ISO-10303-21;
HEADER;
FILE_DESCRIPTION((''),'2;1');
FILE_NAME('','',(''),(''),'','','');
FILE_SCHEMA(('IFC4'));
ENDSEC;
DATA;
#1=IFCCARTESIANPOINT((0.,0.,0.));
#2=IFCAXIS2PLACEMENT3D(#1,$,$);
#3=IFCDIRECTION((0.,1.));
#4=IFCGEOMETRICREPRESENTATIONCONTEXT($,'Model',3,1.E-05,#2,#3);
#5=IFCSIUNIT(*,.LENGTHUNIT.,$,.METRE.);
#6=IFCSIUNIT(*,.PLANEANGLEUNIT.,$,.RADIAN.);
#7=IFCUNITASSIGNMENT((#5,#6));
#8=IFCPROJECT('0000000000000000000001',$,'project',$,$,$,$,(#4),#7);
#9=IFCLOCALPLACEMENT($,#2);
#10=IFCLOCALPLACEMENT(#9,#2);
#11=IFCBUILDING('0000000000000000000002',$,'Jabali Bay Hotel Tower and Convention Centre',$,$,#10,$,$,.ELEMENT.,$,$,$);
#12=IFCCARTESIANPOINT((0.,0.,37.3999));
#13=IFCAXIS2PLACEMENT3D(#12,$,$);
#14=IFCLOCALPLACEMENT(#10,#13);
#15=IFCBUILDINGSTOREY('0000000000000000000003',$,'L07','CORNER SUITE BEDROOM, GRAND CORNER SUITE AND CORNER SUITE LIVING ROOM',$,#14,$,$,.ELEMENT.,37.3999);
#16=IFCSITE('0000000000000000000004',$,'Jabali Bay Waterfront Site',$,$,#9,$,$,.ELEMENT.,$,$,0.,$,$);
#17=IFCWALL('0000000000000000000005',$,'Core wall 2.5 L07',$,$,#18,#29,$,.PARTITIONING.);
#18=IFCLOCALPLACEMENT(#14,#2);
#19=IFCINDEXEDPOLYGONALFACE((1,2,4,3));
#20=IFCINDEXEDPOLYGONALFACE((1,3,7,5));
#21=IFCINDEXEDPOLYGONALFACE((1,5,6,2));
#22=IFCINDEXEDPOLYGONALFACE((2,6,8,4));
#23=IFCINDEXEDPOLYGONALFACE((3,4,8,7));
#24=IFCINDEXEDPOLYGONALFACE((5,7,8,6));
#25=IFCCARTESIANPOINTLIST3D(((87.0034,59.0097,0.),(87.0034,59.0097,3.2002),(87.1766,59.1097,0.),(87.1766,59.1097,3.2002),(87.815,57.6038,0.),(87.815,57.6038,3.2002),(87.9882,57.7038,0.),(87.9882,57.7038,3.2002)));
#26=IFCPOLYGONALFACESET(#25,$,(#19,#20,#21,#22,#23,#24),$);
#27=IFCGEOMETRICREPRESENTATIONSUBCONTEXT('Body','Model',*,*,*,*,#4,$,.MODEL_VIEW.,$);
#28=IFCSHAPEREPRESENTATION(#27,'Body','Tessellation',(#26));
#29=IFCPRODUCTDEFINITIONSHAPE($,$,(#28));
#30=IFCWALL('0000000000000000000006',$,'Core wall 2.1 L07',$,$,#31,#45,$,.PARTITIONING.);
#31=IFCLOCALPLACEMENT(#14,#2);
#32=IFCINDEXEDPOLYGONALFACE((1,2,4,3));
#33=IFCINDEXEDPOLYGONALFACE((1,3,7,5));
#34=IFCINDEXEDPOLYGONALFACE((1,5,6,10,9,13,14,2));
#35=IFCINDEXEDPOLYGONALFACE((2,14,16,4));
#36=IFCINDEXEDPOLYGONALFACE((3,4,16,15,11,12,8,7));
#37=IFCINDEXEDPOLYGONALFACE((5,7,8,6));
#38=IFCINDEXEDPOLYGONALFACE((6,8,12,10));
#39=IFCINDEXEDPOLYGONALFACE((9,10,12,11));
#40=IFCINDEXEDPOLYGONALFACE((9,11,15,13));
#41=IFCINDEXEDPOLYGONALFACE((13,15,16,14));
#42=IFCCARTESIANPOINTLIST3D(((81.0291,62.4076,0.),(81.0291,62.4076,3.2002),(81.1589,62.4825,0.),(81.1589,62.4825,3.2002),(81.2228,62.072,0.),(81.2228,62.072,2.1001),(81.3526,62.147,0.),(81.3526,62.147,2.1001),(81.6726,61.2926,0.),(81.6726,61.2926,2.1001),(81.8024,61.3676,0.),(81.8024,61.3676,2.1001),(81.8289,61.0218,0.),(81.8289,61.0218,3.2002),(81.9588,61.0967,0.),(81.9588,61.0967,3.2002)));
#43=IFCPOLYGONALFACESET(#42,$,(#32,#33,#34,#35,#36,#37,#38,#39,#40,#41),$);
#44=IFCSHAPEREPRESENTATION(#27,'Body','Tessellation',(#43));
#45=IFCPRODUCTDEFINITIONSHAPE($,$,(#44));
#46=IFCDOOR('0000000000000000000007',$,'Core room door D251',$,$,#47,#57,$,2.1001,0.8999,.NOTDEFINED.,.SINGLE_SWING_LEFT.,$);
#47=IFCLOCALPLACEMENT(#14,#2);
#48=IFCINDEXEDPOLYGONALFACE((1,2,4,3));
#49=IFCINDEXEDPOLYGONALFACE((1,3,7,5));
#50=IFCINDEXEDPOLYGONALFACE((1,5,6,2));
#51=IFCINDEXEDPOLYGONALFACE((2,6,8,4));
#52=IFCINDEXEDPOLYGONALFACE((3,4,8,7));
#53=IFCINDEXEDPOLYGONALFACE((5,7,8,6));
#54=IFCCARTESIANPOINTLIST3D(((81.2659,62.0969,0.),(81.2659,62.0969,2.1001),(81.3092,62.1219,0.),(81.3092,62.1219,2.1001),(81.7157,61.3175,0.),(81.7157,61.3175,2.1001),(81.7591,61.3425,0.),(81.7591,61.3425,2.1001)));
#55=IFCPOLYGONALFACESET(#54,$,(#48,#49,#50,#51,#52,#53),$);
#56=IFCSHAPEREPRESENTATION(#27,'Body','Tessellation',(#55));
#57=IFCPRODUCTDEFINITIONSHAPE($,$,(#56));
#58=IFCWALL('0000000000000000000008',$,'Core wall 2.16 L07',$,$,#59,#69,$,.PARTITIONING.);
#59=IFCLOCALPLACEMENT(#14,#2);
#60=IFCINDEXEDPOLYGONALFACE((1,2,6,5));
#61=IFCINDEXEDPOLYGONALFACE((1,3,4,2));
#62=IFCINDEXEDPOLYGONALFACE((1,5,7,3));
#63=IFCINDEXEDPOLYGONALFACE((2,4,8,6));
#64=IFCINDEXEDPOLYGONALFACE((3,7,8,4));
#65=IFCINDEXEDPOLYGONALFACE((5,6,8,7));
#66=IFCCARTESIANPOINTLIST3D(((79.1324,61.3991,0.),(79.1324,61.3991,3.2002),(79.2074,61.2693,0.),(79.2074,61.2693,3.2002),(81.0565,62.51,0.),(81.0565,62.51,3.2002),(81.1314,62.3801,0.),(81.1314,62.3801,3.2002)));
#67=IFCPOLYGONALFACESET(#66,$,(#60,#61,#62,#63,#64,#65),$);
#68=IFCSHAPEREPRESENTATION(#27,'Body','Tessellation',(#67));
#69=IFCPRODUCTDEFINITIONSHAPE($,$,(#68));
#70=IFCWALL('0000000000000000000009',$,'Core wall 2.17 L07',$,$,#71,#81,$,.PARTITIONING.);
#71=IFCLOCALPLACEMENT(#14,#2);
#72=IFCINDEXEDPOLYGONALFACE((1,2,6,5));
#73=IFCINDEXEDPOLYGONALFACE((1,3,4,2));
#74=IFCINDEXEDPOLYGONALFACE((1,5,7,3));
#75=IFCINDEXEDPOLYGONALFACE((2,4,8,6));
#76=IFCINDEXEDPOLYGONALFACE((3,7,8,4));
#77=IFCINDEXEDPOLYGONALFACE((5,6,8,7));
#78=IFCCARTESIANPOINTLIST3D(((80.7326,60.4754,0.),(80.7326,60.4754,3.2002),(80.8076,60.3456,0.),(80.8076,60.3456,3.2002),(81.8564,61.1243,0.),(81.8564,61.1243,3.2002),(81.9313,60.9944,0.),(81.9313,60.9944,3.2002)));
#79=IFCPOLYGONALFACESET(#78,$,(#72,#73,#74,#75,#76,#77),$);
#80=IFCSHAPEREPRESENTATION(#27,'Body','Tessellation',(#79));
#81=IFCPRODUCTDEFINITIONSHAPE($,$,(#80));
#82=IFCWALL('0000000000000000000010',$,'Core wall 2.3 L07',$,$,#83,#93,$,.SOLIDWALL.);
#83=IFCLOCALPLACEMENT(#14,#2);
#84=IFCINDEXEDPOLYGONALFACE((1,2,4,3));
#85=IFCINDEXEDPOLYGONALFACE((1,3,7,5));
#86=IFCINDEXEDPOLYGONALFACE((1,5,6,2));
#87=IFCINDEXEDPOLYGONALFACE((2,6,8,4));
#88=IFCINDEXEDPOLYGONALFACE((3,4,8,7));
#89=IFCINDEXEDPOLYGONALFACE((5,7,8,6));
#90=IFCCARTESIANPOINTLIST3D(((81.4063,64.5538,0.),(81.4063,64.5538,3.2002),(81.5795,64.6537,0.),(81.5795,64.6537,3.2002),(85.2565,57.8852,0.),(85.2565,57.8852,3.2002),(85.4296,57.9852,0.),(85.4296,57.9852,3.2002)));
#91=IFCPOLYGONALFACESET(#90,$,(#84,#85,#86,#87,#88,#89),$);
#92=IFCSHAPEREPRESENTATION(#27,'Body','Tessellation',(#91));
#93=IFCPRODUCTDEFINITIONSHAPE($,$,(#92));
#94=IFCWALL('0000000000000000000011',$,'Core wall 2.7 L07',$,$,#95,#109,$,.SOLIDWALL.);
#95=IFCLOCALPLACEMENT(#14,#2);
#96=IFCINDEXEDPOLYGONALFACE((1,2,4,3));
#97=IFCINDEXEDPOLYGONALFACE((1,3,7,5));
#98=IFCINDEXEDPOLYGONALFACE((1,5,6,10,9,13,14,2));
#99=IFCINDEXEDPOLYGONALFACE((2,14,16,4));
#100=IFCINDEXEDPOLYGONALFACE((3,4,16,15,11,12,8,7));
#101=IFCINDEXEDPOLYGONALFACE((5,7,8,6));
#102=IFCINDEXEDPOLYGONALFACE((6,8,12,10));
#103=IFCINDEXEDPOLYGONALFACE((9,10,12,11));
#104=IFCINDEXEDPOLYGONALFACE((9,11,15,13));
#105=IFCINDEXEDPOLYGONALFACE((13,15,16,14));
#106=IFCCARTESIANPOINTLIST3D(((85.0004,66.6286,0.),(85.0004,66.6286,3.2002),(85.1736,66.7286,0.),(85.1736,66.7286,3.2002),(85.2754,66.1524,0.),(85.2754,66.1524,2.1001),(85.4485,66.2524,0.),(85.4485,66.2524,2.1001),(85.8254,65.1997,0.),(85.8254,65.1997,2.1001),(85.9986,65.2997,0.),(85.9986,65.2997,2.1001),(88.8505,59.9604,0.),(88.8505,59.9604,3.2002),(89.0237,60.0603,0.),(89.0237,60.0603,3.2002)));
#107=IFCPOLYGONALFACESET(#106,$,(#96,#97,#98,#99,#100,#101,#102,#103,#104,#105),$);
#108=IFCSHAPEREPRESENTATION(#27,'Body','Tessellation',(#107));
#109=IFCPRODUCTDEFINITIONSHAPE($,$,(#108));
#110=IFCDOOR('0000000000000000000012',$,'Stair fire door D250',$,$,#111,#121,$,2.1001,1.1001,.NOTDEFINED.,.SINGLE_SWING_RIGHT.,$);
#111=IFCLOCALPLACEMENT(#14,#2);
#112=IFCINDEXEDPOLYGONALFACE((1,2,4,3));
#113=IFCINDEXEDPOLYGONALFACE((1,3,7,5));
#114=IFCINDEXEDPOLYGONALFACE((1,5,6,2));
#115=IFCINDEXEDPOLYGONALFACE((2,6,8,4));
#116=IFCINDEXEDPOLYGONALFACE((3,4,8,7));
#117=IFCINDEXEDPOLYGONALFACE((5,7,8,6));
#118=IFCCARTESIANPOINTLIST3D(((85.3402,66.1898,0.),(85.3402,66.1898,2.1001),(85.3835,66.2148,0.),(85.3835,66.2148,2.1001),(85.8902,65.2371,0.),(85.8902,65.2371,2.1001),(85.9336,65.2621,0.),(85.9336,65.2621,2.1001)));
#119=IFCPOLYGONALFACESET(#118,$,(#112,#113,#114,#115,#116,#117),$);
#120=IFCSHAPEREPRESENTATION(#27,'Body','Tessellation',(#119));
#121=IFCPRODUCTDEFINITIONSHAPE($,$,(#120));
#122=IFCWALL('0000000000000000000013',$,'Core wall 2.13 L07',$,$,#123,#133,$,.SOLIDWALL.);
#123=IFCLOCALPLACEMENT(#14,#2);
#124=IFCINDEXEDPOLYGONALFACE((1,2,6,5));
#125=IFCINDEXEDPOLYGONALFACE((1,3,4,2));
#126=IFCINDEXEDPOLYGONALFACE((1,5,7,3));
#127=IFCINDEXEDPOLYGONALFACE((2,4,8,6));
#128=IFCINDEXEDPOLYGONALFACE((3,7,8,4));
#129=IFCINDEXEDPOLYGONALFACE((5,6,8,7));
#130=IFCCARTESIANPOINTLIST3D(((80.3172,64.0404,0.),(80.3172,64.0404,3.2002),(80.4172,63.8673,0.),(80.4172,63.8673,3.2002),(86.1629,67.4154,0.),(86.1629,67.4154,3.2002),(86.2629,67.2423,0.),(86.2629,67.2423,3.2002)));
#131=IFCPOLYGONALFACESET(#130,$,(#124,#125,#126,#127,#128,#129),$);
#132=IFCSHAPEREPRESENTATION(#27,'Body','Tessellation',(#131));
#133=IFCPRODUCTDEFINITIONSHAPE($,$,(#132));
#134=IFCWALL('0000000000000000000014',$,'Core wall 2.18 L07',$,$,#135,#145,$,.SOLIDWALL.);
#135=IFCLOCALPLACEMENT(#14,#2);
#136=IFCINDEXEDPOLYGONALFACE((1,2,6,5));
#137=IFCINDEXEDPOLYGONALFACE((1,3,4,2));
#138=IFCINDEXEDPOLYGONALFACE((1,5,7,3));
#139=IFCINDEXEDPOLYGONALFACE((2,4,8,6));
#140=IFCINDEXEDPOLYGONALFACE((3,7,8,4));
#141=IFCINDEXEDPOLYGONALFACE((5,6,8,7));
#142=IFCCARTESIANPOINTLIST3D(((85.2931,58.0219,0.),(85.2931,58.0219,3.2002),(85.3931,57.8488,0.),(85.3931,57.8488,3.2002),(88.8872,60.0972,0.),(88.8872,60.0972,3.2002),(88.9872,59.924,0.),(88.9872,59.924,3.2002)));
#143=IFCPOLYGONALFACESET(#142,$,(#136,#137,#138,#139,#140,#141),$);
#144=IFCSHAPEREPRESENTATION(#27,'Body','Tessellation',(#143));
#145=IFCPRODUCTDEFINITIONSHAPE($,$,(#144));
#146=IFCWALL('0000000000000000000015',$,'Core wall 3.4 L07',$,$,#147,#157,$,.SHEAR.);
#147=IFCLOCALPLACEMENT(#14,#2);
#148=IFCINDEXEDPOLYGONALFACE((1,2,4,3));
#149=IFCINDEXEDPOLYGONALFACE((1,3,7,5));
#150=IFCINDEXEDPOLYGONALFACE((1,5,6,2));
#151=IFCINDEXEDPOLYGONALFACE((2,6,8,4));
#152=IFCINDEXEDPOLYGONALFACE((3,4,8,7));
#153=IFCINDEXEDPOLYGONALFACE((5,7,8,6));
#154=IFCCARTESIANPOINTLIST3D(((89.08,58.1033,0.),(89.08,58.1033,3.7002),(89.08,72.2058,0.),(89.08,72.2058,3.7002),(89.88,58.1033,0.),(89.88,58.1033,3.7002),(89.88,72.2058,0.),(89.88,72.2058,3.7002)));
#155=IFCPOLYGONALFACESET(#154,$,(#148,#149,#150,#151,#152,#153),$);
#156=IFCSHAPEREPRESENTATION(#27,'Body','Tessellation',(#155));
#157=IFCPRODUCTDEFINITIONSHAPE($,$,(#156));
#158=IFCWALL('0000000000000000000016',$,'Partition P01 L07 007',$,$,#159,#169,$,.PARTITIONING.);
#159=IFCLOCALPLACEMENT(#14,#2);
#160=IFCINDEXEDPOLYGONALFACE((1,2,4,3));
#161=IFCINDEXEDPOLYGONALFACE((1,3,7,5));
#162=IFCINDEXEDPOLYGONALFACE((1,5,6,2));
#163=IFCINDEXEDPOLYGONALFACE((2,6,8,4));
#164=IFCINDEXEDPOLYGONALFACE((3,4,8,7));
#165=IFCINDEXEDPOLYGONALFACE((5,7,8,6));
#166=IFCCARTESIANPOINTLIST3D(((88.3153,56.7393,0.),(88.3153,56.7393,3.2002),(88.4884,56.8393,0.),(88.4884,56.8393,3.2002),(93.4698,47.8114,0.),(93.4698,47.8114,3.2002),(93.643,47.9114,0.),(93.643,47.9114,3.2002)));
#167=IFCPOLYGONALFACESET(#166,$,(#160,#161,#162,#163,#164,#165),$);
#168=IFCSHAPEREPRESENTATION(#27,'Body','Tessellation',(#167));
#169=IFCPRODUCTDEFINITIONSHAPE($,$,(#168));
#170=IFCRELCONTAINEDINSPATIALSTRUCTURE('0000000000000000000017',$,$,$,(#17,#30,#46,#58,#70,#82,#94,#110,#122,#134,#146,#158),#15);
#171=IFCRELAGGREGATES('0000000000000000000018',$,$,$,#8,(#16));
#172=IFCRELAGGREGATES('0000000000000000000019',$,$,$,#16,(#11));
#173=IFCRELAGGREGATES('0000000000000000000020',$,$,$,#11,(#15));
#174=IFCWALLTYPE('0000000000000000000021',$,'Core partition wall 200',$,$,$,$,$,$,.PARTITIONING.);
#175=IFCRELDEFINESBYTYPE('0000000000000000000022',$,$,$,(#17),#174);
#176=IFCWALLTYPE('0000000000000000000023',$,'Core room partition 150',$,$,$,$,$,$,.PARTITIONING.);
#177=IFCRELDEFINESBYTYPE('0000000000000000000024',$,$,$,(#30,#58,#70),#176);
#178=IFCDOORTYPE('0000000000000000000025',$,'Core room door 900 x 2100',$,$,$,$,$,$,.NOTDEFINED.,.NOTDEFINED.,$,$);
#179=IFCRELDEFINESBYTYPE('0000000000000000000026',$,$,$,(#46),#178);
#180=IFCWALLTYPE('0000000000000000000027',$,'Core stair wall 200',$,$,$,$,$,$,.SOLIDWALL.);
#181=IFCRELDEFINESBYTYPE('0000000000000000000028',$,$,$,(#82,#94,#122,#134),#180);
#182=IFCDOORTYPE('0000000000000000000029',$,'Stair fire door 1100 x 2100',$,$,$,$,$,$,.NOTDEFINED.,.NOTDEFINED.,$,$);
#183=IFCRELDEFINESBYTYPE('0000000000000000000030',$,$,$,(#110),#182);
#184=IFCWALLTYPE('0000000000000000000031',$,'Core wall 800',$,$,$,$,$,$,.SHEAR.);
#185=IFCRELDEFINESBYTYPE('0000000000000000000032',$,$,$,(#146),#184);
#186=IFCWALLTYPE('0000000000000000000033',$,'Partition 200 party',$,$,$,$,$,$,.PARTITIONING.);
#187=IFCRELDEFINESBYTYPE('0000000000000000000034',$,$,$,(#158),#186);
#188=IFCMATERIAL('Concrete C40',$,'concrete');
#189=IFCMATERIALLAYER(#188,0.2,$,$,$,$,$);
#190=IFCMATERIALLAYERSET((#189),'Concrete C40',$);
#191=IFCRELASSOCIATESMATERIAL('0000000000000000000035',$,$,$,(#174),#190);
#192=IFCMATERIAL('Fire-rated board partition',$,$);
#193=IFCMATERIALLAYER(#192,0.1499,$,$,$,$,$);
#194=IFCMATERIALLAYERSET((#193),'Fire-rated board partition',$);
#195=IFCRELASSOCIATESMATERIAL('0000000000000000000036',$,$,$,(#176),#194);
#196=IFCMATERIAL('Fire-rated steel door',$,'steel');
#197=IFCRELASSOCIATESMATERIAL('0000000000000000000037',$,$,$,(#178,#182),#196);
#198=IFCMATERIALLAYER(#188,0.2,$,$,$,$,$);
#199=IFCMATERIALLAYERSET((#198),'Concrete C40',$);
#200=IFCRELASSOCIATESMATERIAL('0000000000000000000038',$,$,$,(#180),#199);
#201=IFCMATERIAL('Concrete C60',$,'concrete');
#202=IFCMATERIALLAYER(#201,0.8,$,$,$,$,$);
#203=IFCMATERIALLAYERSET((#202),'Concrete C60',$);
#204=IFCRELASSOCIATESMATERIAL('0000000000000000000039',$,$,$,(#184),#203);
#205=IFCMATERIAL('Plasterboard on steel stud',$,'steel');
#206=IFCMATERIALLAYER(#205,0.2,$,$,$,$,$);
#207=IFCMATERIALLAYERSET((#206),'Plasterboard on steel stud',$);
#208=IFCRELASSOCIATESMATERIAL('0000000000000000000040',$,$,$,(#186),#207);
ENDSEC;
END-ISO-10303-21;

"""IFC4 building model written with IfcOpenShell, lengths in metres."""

from ifc_helpers import new_model, si_unit, direction, frame, frame_2d, origin, place, context, subcontext, project, spatial, rectangle, extrude, material, layer, layer_set, type_object, element, fill, save


model = new_model("IFC4")

# Units and contexts
model_context = context("Model", 3, precision=1e-05, world=origin(), true_north=direction((0.0, 1.0)))
body_context = subcontext(model_context, "Body", "Model", "MODEL_VIEW")
ifc_project = project(units=[si_unit("LENGTHUNIT", "METRE"), si_unit("PLANEANGLEUNIT", "RADIAN")], contexts=[model_context])

# Site, building, storey
site_placement = place(None, origin())
site = spatial("IfcSite", under=ifc_project, at=site_placement, Name="Jabali Bay Waterfront Site", CompositionType="ELEMENT", RefElevation=0.0)
building_placement = place(site_placement, origin())
building = spatial("IfcBuilding", under=site, at=building_placement, Name="Jabali Bay Hotel Tower and Convention Centre", CompositionType="ELEMENT")
storey_placement = place(building_placement, frame((0.0, 0.0, 37.3999)))
storey = spatial("IfcBuildingStorey", under=building, at=storey_placement, Name="L07", Description="CORNER SUITE BEDROOM, GRAND CORNER SUITE AND CORNER SUITE LIVING ROOM", CompositionType="ELEMENT", Elevation=37.3999)

# Wall
ifc_material_1 = material(Name="Concrete C40", Category="concrete")
ifc_layer_1 = layer(ifc_material_1, 0.2)
ifc_layer_set_1 = layer_set([ifc_layer_1], Name="Concrete C40")
wall_type_1 = type_object("IfcWallType", Name="Core partition wall 200", PredefinedType="PARTITIONING", material=ifc_layer_set_1)
wall_1_placement = place(storey_placement, frame((87.0901, 59.0596, 0.0), z_axis=(0.0, 0.0, 1.0), x_axis=(0.499957, -0.86605, 0.0)))
element("IfcWall", 1, at=wall_1_placement, inside=storey, type_object=wall_type_1, Name="Core wall 2.5 L07", PredefinedType="PARTITIONING", context=body_context, shape_type="SweptSolid", body=[
    extrude(rectangle(XDim=1.6233, YDim=0.2, at=frame_2d((0.8115, 0.0))), origin(), (0.0, 0.0, 1.0), 3.2002),
])

# Wall, opening, door
ifc_material_2 = material(Name="Fire-rated board partition")
ifc_layer_2 = layer(ifc_material_2, 0.1499)
ifc_layer_set_2 = layer_set([ifc_layer_2], Name="Fire-rated board partition")
wall_type_2 = type_object("IfcWallType", Name="Core room partition 150", PredefinedType="PARTITIONING", material=ifc_layer_set_2)
wall_2_placement = place(storey_placement, frame((81.094, 62.4451, 0.0), z_axis=(0.0, 0.0, 1.0), x_axis=(0.499881, -0.866094, 0.0)))
wall_2 = element("IfcWall", 2, at=wall_2_placement, inside=storey, type_object=wall_type_2, Name="Core wall 2.1 L07", PredefinedType="PARTITIONING", context=body_context, shape_type="SweptSolid", body=[
    extrude(rectangle(XDim=1.6001, YDim=0.1499, at=frame_2d((0.8, 0.0))), origin(), (0.0, 0.0, 1.0), 3.2002),
])
opening_1_placement = place(wall_2_placement, frame((0.3875, 0.0, 0.0)))
opening_1 = element("IfcOpeningElement", 3, at=opening_1_placement, cuts=wall_2, PredefinedType="OPENING", context=body_context, shape_type="SweptSolid", body=[
    extrude(rectangle(XDim=0.8999, YDim=2.1001, at=frame_2d((0.45, 1.05))), frame((0.0, 0.0854, 0.0), z_axis=(0.0, -1.0, 0.0), x_axis=(1.0, 0.0, 0.0)), (0.0, 0.0, 1.0), 0.1709),
])
ifc_material_3 = material(Name="Fire-rated steel door", Category="steel")
door_type_1 = type_object("IfcDoorType", Name="Core room door 900 x 2100", OperationType="NOTDEFINED", PredefinedType="NOTDEFINED", material=ifc_material_3)
door_1_placement = place(opening_1_placement, origin())
door_1 = element("IfcDoor", 4, at=door_1_placement, inside=storey, type_object=door_type_1, Name="Core room door D251", OperationType="SINGLE_SWING_LEFT", OverallHeight=2.1001, OverallWidth=0.8999, PredefinedType="NOTDEFINED", context=body_context, shape_type="SweptSolid", body=[
    extrude(rectangle(XDim=0.8999, YDim=2.1001, at=frame_2d((0.45, 1.05))), frame((0.0, 0.0249, 0.0), z_axis=(0.0, -1.0, 0.0), x_axis=(1.0, 0.0, 0.0)), (0.0, 0.0, 1.0), 0.05),
])
fill(opening_1, door_1)

# Walls
wall_3_placement = place(storey_placement, frame((79.1699, 61.3342, 0.0), z_axis=(0.0, 0.0, 1.0), x_axis=(0.86603, 0.499992, 0.0)))
element("IfcWall", 5, at=wall_3_placement, inside=storey, type_object=wall_type_2, Name="Core wall 2.16 L07", PredefinedType="PARTITIONING", context=body_context, shape_type="SweptSolid", body=[
    extrude(rectangle(XDim=2.2217, YDim=0.1499, at=frame_2d((1.1108, 0.0))), origin(), (0.0, 0.0, 1.0), 3.2002),
])
wall_4_placement = place(storey_placement, frame((80.77, 60.4104, 0.0), z_axis=(0.0, 0.0, 1.0), x_axis=(0.865988, 0.500064, 0.0)))
element("IfcWall", 6, at=wall_4_placement, inside=storey, type_object=wall_type_2, Name="Core wall 2.17 L07", PredefinedType="PARTITIONING", context=body_context, shape_type="SweptSolid", body=[
    extrude(rectangle(XDim=1.2976, YDim=0.1499, at=frame_2d((0.6489, 0.0))), origin(), (0.0, 0.0, 1.0), 3.2002),
])
ifc_layer_3 = layer(ifc_material_1, 0.2)
ifc_layer_set_3 = layer_set([ifc_layer_3], Name="Concrete C40")
wall_type_3 = type_object("IfcWallType", Name="Core stair wall 200", PredefinedType="SOLIDWALL", material=ifc_layer_set_3)
wall_5_placement = place(storey_placement, frame((81.4929, 64.6038, 0.0), z_axis=(0.0, 0.0, 1.0), x_axis=(0.500006, -0.866022, 0.0)))
element("IfcWall", 7, at=wall_5_placement, inside=storey, type_object=wall_type_3, Name="Core wall 2.3 L07", PredefinedType="SOLIDWALL", context=body_context, shape_type="SweptSolid", body=[
    extrude(rectangle(XDim=7.7002, YDim=0.2, at=frame_2d((3.8501, 0.0))), origin(), (0.0, 0.0, 1.0), 3.2002),
])

# Wall, opening, door
wall_6_placement = place(storey_placement, frame((85.0869, 66.6787, 0.0), z_axis=(0.0, 0.0, 1.0), x_axis=(0.50002, -0.866014, 0.0)))
wall_6 = element("IfcWall", 8, at=wall_6_placement, inside=storey, type_object=wall_type_3, Name="Core wall 2.7 L07", PredefinedType="SOLIDWALL", context=body_context, shape_type="SweptSolid", body=[
    extrude(rectangle(XDim=7.7, YDim=0.2, at=frame_2d((3.8501, 0.0))), origin(), (0.0, 0.0, 1.0), 3.2002),
])
opening_2_placement = place(wall_6_placement, frame((0.55, 0.0, 0.0)))
opening_2 = element("IfcOpeningElement", 9, at=opening_2_placement, cuts=wall_6, PredefinedType="OPENING", context=body_context, shape_type="SweptSolid", body=[
    extrude(rectangle(XDim=1.1001, YDim=2.1001, at=frame_2d((0.55, 1.05))), frame((0.0, 0.1104, 0.0), z_axis=(0.0, -1.0, 0.0), x_axis=(1.0, 0.0, 0.0)), (0.0, 0.0, 1.0), 0.2209),
])
door_type_2 = type_object("IfcDoorType", Name="Stair fire door 1100 x 2100", OperationType="NOTDEFINED", PredefinedType="NOTDEFINED", material=ifc_material_3)
door_2_placement = place(opening_2_placement, origin())
door_2 = element("IfcDoor", 10, at=door_2_placement, inside=storey, type_object=door_type_2, Name="Stair fire door D250", OperationType="SINGLE_SWING_RIGHT", OverallHeight=2.1001, OverallWidth=1.1001, PredefinedType="NOTDEFINED", context=body_context, shape_type="SweptSolid", body=[
    extrude(rectangle(XDim=1.1001, YDim=2.1001, at=frame_2d((0.55, 1.05))), frame((0.0, 0.0249, 0.0), z_axis=(0.0, -1.0, 0.0), x_axis=(1.0, 0.0, 0.0)), (0.0, 0.0, 1.0), 0.05),
])
fill(opening_2, door_2)

# Walls
wall_7_placement = place(storey_placement, frame((80.3672, 63.9539, 0.0), z_axis=(0.0, 0.0, 1.0), x_axis=(0.866027, 0.499998, 0.0)))
element("IfcWall", 11, at=wall_7_placement, inside=storey, type_object=wall_type_3, Name="Core wall 2.13 L07", PredefinedType="SOLIDWALL", context=body_context, shape_type="SweptSolid", body=[
    extrude(rectangle(XDim=6.75, YDim=0.2, at=frame_2d((3.375, 0.0))), origin(), (0.0, 0.0, 1.0), 3.2002),
])
wall_8_placement = place(storey_placement, frame((85.343, 57.9353, 0.0), z_axis=(0.0, 0.0, 1.0), x_axis=(0.866004, 0.500036, 0.0)))
element("IfcWall", 12, at=wall_8_placement, inside=storey, type_object=wall_type_3, Name="Core wall 2.18 L07", PredefinedType="SOLIDWALL", context=body_context, shape_type="SweptSolid", body=[
    extrude(rectangle(XDim=4.1501, YDim=0.2, at=frame_2d((2.0752, 0.0))), origin(), (0.0, 0.0, 1.0), 3.2002),
])
ifc_material_4 = material(Name="Concrete C60", Category="concrete")
ifc_layer_4 = layer(ifc_material_4, 0.8)
ifc_layer_set_4 = layer_set([ifc_layer_4], Name="Concrete C60")
wall_type_4 = type_object("IfcWallType", Name="Core wall 800", PredefinedType="SHEAR", material=ifc_layer_set_4)
wall_9_placement = place(storey_placement, frame((89.48, 58.1033, 0.0), z_axis=(0.0, 0.0, 1.0), x_axis=(0.0, 1.0, 0.0)))
element("IfcWall", 13, at=wall_9_placement, inside=storey, type_object=wall_type_4, Name="Core wall 3.4 L07", PredefinedType="SHEAR", context=body_context, shape_type="SweptSolid", body=[
    extrude(rectangle(XDim=14.1025, YDim=0.8, at=frame_2d((7.0513, 0.0))), origin(), (0.0, 0.0, 1.0), 3.7002),
])
ifc_material_5 = material(Name="Plasterboard on steel stud", Category="steel")
ifc_layer_5 = layer(ifc_material_5, 0.2)
ifc_layer_set_5 = layer_set([ifc_layer_5], Name="Plasterboard on steel stud")
wall_type_5 = type_object("IfcWallType", Name="Partition 200 party", PredefinedType="PARTITIONING", material=ifc_layer_set_5)
wall_10_placement = place(storey_placement, frame((88.4019, 56.7893, 0.0), z_axis=(0.0, 0.0, 1.0), x_axis=(0.499998, -0.866027, 0.0)))
element("IfcWall", 14, at=wall_10_placement, inside=storey, type_object=wall_type_5, Name="Partition P01 L07 007", PredefinedType="PARTITIONING", context=body_context, shape_type="SweptSolid", body=[
    extrude(rectangle(XDim=10.3091, YDim=0.2, at=frame_2d((5.1545, 0.0))), origin(), (0.0, 0.0, 1.0), 3.2002),
])

save(model, "model.ifc")
